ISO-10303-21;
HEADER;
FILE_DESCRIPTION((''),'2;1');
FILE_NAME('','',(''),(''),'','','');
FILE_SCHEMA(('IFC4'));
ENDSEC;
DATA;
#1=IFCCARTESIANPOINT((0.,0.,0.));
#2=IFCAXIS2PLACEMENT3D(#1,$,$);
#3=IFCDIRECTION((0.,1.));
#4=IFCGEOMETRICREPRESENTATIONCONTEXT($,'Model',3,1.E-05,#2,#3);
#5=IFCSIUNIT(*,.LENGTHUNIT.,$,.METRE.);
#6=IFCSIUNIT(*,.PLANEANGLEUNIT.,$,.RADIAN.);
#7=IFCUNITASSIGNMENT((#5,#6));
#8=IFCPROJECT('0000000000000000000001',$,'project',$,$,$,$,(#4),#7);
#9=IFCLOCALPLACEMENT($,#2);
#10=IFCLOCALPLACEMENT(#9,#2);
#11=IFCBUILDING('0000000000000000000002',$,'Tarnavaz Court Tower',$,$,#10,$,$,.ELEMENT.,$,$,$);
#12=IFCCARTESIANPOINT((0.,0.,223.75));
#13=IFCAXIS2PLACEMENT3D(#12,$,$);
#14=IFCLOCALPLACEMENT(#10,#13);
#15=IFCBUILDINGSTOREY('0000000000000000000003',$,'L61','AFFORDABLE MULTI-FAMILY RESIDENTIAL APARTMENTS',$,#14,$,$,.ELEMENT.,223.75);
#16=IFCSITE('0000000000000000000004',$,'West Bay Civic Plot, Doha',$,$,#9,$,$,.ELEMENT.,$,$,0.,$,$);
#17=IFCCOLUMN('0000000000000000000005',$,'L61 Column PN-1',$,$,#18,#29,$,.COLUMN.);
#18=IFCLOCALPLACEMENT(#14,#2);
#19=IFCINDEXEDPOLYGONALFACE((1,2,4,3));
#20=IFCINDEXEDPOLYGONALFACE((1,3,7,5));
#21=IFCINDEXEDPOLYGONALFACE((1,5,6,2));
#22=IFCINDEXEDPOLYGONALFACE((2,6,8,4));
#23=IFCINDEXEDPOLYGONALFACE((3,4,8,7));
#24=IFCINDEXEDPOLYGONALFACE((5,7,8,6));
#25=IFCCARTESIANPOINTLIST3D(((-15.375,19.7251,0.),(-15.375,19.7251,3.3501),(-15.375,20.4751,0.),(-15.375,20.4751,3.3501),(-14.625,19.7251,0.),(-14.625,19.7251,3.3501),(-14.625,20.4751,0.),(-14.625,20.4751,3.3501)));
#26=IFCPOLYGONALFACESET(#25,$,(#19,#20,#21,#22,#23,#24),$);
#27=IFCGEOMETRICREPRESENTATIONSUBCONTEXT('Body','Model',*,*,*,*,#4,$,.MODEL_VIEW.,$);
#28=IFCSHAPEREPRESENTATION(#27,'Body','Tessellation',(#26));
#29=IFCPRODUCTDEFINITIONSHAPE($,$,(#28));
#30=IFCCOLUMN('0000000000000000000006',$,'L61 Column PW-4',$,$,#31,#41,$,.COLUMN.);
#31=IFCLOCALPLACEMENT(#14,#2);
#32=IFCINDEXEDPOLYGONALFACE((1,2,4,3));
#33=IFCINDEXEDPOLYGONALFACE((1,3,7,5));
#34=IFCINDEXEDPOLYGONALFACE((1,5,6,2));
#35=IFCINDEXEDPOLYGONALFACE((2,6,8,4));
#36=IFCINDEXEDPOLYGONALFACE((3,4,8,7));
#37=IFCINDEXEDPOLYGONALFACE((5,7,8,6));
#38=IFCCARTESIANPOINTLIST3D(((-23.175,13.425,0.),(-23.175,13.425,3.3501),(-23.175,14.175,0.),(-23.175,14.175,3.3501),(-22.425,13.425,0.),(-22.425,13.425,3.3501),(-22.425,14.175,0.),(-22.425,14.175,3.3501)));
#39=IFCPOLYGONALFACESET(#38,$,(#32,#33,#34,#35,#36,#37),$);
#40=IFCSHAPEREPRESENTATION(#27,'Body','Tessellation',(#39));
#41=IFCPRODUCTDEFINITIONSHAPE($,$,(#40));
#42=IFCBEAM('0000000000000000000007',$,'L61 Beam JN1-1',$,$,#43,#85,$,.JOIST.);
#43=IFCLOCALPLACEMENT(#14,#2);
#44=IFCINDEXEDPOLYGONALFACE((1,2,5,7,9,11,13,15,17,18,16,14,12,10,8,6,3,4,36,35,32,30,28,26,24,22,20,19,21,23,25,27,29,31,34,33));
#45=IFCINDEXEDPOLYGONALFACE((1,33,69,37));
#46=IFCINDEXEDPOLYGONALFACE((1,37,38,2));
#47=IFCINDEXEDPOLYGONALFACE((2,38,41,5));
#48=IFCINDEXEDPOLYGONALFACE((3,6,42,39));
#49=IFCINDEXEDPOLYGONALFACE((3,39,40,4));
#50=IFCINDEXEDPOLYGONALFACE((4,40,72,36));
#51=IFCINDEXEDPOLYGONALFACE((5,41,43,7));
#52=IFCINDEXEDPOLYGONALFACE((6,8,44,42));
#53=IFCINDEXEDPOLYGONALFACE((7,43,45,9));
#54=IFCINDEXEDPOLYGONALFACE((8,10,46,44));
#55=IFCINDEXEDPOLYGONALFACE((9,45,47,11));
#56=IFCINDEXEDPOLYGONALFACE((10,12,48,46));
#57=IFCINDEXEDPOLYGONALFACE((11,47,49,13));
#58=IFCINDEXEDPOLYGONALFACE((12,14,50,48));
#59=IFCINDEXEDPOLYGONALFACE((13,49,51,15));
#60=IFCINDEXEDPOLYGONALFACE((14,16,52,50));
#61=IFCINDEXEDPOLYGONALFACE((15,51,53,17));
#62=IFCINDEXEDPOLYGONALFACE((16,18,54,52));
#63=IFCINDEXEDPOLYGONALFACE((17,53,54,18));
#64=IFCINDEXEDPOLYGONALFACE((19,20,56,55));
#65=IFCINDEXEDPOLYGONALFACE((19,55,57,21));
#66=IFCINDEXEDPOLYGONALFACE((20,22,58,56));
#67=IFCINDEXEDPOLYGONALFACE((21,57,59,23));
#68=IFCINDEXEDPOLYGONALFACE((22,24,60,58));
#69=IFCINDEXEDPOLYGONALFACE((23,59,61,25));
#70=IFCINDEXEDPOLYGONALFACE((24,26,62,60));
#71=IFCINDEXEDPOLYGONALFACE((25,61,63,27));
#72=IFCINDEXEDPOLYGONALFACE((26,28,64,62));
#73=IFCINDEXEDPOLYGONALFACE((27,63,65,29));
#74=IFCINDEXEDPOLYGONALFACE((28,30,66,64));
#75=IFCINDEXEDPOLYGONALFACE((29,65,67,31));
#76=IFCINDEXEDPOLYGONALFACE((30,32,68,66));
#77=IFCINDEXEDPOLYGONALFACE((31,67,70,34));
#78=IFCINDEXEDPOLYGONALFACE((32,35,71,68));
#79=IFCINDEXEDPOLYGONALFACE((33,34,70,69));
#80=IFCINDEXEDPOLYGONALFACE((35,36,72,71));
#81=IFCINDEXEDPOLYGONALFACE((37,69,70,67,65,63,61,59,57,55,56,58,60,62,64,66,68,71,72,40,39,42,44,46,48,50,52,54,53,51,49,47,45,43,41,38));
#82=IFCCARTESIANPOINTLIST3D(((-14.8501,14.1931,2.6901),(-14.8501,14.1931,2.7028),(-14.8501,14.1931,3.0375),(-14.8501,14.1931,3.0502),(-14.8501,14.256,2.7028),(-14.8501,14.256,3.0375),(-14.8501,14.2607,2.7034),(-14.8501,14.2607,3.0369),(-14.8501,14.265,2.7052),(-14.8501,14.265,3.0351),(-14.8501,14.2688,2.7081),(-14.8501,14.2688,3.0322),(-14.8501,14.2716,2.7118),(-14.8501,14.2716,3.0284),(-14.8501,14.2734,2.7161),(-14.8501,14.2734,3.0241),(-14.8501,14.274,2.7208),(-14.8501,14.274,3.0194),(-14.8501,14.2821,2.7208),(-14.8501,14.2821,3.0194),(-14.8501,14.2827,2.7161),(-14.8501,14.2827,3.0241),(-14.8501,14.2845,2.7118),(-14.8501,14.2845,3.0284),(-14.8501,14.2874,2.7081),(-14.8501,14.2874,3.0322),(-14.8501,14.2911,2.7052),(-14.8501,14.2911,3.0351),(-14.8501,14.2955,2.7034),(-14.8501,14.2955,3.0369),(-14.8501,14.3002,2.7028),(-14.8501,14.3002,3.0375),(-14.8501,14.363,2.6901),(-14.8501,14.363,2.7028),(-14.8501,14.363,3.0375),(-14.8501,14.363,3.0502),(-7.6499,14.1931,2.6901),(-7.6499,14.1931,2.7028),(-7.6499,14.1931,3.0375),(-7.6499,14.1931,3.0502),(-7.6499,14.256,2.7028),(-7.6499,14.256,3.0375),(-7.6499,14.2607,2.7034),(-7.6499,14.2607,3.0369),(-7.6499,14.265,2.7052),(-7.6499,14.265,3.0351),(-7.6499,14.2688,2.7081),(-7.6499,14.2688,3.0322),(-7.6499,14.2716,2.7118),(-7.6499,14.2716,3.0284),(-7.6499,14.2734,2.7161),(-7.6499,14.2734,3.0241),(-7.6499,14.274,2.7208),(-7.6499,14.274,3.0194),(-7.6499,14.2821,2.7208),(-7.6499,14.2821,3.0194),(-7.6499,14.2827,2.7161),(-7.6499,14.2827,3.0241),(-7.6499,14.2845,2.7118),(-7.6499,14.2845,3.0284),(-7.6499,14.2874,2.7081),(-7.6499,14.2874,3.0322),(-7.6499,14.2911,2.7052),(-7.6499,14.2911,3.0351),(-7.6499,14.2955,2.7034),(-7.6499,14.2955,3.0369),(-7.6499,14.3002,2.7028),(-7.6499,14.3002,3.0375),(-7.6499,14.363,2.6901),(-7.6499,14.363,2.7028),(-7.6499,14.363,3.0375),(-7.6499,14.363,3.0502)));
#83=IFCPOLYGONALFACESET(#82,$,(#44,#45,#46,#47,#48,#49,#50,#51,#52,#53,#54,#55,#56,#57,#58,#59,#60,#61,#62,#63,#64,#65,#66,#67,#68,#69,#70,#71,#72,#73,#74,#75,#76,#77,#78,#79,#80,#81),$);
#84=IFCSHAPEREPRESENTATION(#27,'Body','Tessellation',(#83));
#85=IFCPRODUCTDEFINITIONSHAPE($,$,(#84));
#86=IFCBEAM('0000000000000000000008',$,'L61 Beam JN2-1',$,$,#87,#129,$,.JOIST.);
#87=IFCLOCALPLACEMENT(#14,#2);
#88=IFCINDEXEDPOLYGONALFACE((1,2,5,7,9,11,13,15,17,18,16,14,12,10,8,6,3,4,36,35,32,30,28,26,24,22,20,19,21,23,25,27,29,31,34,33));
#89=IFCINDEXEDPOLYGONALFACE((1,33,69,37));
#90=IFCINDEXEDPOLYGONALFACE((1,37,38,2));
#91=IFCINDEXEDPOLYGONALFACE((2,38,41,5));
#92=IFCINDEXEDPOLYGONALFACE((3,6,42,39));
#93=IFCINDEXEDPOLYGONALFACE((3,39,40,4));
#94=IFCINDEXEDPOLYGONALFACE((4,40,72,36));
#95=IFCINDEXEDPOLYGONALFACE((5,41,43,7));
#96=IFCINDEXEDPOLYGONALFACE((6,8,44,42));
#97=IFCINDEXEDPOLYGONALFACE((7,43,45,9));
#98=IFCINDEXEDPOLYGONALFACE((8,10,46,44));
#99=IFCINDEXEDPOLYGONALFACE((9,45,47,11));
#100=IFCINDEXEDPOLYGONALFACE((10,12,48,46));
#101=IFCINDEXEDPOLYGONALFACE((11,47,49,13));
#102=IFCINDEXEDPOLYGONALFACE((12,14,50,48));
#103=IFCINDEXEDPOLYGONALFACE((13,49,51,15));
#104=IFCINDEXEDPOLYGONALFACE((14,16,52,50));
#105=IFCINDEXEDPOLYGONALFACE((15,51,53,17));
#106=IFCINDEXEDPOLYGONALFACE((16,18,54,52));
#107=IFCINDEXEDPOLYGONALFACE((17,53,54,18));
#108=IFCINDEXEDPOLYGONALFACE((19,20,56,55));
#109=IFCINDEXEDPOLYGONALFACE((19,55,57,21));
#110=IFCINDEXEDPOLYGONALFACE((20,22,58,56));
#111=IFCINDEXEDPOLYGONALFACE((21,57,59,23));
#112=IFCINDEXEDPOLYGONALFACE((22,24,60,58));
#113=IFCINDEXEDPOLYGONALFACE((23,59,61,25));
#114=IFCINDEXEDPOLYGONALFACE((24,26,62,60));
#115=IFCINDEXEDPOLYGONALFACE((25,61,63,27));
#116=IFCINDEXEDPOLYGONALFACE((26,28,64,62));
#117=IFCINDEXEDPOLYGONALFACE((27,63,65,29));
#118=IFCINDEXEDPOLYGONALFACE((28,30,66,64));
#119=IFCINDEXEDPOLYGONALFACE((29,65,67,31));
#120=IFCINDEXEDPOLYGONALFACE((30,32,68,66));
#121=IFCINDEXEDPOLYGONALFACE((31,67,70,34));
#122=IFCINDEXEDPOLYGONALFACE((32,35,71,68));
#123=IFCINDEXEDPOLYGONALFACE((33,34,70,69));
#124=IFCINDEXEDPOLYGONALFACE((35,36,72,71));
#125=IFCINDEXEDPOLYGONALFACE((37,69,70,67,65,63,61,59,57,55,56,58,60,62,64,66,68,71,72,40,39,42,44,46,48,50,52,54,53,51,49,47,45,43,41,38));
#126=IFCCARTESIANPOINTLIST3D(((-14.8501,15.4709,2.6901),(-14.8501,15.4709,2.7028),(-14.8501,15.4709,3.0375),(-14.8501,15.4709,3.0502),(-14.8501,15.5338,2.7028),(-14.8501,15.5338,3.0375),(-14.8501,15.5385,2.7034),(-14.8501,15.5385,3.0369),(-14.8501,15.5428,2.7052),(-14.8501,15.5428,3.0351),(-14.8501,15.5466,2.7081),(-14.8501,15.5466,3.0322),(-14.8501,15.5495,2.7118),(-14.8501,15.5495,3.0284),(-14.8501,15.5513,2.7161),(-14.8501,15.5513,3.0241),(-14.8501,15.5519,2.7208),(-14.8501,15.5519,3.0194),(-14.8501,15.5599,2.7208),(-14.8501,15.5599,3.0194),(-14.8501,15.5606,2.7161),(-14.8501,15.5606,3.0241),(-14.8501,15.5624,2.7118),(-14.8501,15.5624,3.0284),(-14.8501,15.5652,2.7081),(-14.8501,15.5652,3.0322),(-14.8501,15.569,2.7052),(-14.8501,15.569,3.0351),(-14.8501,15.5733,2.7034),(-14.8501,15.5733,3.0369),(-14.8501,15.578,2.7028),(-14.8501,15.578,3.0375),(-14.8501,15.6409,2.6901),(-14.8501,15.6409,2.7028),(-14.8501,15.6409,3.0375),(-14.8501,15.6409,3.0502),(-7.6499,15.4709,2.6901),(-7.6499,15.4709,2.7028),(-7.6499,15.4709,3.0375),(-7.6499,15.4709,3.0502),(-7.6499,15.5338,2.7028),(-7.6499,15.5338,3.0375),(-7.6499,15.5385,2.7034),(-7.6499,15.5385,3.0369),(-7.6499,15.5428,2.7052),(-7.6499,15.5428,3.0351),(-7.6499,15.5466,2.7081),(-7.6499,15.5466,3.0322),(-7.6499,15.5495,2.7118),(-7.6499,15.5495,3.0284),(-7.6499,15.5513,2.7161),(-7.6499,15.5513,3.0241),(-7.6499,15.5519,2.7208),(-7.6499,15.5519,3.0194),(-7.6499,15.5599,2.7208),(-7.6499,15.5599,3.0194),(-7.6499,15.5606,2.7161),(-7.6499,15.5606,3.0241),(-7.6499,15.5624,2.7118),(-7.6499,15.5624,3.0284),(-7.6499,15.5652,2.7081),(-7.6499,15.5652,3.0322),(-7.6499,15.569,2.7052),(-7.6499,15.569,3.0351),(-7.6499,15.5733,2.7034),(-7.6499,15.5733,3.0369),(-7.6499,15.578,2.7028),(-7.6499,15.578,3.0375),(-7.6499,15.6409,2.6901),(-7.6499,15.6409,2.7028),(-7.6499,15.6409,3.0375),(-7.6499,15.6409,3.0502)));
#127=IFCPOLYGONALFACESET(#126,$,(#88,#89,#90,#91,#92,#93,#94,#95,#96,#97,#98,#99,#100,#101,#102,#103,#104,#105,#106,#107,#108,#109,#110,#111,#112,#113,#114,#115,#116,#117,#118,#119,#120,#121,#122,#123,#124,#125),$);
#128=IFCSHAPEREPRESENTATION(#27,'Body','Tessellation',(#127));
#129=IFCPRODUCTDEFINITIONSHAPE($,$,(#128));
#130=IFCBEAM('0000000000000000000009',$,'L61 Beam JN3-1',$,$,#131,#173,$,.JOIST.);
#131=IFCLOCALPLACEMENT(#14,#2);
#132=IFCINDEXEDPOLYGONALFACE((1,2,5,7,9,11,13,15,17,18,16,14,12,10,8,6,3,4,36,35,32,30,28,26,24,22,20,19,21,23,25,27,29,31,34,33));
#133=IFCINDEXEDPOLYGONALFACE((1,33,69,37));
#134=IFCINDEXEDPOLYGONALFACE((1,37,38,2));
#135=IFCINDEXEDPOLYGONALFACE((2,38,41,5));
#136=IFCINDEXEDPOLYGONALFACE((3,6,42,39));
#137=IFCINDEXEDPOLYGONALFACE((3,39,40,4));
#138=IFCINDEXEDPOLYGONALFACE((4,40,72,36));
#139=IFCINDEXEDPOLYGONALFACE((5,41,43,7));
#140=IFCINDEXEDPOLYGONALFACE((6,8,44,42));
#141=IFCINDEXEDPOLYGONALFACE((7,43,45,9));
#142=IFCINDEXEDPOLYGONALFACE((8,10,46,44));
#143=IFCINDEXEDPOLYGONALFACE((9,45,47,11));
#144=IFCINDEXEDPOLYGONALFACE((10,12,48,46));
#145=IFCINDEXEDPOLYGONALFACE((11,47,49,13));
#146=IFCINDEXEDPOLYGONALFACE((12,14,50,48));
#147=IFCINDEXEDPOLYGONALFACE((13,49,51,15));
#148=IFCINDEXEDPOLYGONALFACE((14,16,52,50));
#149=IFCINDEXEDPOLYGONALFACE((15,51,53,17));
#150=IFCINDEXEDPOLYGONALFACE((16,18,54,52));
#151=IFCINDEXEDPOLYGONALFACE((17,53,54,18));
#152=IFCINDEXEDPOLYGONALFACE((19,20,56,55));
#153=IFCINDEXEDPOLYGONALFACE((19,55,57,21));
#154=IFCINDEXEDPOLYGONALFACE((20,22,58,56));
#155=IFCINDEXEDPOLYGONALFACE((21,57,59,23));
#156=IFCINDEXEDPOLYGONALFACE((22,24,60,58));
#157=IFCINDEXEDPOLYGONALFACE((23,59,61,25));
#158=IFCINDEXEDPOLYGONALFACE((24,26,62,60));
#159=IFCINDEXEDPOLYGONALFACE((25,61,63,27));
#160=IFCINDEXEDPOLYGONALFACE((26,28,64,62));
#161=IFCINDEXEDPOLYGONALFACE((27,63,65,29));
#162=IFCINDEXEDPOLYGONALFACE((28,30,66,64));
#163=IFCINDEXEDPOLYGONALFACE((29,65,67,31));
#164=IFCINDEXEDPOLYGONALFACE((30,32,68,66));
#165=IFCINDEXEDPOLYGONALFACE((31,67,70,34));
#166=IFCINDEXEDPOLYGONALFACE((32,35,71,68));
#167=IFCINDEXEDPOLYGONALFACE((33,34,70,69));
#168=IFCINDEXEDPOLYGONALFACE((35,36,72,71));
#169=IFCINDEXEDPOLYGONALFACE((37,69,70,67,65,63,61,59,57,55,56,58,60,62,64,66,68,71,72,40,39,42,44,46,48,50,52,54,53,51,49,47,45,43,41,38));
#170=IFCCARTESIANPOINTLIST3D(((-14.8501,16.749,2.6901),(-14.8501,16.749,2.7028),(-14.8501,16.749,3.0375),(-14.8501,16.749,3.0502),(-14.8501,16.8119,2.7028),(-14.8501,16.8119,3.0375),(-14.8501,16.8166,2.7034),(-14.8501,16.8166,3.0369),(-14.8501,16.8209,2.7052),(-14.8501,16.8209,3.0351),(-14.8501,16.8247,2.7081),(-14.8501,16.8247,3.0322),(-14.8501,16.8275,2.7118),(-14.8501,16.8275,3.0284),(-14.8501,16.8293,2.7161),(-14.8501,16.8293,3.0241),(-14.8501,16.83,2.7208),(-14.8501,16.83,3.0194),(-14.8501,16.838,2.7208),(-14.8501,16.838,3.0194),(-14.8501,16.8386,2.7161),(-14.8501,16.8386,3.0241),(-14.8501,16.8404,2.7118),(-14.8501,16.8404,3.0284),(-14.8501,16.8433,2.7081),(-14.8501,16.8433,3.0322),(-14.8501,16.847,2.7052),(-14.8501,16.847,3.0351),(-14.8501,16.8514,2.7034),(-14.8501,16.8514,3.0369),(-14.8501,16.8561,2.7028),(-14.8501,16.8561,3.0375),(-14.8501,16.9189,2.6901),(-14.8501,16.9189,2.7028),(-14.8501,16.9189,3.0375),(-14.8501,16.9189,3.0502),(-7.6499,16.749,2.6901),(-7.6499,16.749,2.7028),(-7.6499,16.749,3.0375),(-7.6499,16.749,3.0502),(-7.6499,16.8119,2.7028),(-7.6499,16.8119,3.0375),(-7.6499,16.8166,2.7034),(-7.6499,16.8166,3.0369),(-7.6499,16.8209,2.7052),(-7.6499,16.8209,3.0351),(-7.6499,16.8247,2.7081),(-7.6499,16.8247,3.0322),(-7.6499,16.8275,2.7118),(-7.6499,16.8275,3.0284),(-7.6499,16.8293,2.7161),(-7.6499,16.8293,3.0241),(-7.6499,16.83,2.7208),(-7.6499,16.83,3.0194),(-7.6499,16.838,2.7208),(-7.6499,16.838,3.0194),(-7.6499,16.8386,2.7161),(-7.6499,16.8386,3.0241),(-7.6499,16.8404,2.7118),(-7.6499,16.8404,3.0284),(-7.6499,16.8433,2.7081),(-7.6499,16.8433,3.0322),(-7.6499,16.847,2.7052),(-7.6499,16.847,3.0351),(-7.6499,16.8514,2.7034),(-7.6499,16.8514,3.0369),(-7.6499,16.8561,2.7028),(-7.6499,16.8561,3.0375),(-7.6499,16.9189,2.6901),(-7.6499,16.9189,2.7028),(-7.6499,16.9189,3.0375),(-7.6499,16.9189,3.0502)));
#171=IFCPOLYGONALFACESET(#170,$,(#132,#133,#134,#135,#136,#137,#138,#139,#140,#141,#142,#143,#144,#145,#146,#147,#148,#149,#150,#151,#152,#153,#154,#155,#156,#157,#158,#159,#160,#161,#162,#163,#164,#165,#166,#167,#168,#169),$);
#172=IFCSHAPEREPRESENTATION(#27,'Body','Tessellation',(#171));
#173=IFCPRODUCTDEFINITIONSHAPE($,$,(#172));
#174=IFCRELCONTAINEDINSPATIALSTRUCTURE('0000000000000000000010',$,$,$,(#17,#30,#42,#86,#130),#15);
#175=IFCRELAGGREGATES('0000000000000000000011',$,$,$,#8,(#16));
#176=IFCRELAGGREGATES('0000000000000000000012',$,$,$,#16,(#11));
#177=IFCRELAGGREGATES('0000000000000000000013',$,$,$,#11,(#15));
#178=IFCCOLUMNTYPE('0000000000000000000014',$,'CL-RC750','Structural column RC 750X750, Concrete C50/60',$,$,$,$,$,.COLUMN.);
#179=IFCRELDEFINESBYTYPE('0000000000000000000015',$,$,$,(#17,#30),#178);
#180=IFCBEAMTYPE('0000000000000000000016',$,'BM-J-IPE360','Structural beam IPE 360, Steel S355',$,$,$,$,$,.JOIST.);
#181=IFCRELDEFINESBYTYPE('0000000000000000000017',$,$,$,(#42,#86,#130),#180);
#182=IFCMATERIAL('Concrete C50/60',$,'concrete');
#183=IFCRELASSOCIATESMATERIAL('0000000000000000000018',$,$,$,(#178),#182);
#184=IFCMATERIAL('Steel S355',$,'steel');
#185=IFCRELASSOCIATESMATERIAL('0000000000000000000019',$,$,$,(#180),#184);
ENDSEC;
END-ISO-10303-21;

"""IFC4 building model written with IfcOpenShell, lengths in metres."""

from ifc_helpers import new_model, si_unit, direction, frame, origin, origin_2d, place, context, subcontext, project, spatial, rectangle, i_section, extrude, material, material_profile, profile_set, type_object, element, save


model = new_model("IFC4")

# Units and contexts
model_context = context("Model", 3, precision=1e-05, world=origin(), true_north=direction((0.0, 1.0)))
body_context = subcontext(model_context, "Body", "Model", "MODEL_VIEW")
ifc_project = project(units=[si_unit("LENGTHUNIT", "METRE"), si_unit("PLANEANGLEUNIT", "RADIAN")], contexts=[model_context])

# Site, building, storey
site_placement = place(None, origin())
site = spatial("IfcSite", under=ifc_project, at=site_placement, Name="West Bay Civic Plot, Doha", CompositionType="ELEMENT", RefElevation=0.0)
building_placement = place(site_placement, origin())
building = spatial("IfcBuilding", under=site, at=building_placement, Name="Tarnavaz Court Tower", CompositionType="ELEMENT")
storey_placement = place(building_placement, frame((0.0, 0.0, 223.75)))
storey = spatial("IfcBuildingStorey", under=building, at=storey_placement, Name="L61", Description="AFFORDABLE MULTI-FAMILY RESIDENTIAL APARTMENTS", CompositionType="ELEMENT", Elevation=223.75)

# Columns
ifc_material_1 = material(Name="Concrete C50/60", Category="concrete")
ifc_material_profile_1 = material_profile(ifc_material_1, rectangle(XDim=0.75, YDim=0.75, at=origin_2d()), Name="RC 750X750")
ifc_profile_set_1 = profile_set([ifc_material_profile_1], Name="Concrete C50/60")
column_type = type_object("IfcColumnType", Name="CL-RC750", Description="Structural column RC 750X750, Concrete C50/60", PredefinedType="COLUMN", material=ifc_profile_set_1)
for number, where, z_axis, x_axis, name in (
    (1, (-15.0, 20.1001, 0.0), (0.0, 0.0, 1.0), (1.0, 0.0, 0.0), "L61 Column PN-1"),
    (2, (-22.8, 13.8, 0.0), (0.0, 0.0, 1.0), (1.0, 0.0, 0.0), "L61 Column PW-4"),
):
    element("IfcColumn", number, at=place(storey_placement, frame(where, z_axis=z_axis, x_axis=x_axis)), inside=storey, type_object=column_type, Name=name, PredefinedType="COLUMN", context=body_context, shape_type="SweptSolid", body=[
        extrude(rectangle(XDim=0.75, YDim=0.75, at=origin_2d()), origin(), (0.0, 0.0, 1.0), 3.3501),
    ])

# Beams
ifc_material_2 = material(Name="Steel S355", Category="steel")
ifc_material_profile_2 = material_profile(ifc_material_2, i_section(OverallWidth=0.1699, OverallDepth=0.3601, WebThickness=0.0081, FlangeThickness=0.0127, FilletRadius=0.0181, at=origin_2d()), Name="IPE 360")
ifc_profile_set_2 = profile_set([ifc_material_profile_2], Name="Steel S355")
beam_type_1 = type_object("IfcBeamType", Name="BM-J-IPE360", Description="Structural beam IPE 360, Steel S355", PredefinedType="JOIST", material=ifc_profile_set_2)
for number, where, z_axis, x_axis, name in (
    (3, (-14.8501, 14.2781, 2.8701), (1.0, 0.0, 0.0), (0.0, 1.0, 0.0), "L61 Beam JN1-1"),
    (4, (-14.8501, 15.5559, 2.8701), (1.0, 0.0, 0.0), (0.0, 1.0, 0.0), "L61 Beam JN2-1"),
    (5, (-14.8501, 16.834, 2.8701), (1.0, 0.0, 0.0), (0.0, 1.0, 0.0), "L61 Beam JN3-1"),
):
    element("IfcBeam", number, at=place(storey_placement, frame(where, z_axis=z_axis, x_axis=x_axis)), inside=storey, type_object=beam_type_1, Name=name, PredefinedType="JOIST", context=body_context, shape_type="SweptSolid", body=[
        extrude(i_section(OverallWidth=0.1699, OverallDepth=0.3601, WebThickness=0.0081, FlangeThickness=0.0127, FilletRadius=0.0181, at=origin_2d()), origin(), (0.0, 0.0, 1.0), 7.2002),
    ])

save(model, "model.ifc")
